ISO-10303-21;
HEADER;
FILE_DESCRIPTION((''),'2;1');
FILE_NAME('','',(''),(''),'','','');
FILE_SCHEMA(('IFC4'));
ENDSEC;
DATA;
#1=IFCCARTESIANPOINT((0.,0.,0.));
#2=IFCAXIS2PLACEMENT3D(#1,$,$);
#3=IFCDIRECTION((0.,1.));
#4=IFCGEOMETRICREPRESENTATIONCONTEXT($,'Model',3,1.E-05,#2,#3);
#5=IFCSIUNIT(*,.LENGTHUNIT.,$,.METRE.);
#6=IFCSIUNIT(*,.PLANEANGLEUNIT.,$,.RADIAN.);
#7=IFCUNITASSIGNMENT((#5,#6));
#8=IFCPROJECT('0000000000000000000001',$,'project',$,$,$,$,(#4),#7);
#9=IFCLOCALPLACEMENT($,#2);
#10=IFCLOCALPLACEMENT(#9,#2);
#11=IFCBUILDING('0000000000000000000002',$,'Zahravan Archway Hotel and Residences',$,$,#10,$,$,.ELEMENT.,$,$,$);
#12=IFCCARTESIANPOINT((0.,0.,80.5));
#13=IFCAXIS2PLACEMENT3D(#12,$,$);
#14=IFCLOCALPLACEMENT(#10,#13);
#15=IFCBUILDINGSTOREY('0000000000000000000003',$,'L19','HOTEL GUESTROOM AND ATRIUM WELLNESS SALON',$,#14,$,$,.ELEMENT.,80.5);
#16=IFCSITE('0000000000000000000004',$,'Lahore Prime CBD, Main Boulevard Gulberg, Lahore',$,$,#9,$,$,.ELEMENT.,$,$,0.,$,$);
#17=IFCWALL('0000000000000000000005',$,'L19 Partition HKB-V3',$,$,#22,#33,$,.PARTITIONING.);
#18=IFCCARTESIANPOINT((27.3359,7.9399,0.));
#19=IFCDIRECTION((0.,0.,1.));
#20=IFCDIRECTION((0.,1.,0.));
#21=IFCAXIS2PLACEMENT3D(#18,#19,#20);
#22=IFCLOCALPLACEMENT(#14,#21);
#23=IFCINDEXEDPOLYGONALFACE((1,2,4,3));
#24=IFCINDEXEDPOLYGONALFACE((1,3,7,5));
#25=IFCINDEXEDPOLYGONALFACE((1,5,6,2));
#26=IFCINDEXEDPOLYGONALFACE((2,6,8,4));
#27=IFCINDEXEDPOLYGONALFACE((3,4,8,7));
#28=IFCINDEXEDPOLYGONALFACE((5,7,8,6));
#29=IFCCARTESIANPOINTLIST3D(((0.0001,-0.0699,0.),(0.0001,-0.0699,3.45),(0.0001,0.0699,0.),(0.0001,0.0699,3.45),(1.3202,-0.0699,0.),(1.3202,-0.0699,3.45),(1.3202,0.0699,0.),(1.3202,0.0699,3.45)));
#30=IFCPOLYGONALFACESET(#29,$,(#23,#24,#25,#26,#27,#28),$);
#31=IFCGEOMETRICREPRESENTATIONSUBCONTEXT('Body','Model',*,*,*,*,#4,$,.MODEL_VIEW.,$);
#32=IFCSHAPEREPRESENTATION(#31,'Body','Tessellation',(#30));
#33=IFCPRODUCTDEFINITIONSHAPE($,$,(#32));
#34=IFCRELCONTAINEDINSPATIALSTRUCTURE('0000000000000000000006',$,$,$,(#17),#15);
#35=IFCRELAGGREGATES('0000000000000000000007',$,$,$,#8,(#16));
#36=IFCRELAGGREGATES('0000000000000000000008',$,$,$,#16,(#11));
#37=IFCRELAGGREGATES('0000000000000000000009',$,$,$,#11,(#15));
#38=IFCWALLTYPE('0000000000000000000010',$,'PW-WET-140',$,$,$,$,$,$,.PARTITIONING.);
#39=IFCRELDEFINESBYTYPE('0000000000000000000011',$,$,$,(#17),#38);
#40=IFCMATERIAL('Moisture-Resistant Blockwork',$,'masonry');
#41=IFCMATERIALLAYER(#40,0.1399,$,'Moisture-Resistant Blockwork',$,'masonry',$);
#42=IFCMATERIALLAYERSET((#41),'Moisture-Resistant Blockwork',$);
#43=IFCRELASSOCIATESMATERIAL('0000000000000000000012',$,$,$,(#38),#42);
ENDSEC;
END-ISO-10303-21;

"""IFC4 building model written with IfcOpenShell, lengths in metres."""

from ifc_helpers import new_model, si_unit, direction, frame, frame_2d, origin, place, context, subcontext, project, spatial, rectangle, extrude, material, layer, layer_set, type_object, element, save


model = new_model("IFC4")

# Units and contexts
model_context = context("Model", 3, precision=1e-05, world=origin(), true_north=direction((0.0, 1.0)))
body_context = subcontext(model_context, "Body", "Model", "MODEL_VIEW")
ifc_project = project(units=[si_unit("LENGTHUNIT", "METRE"), si_unit("PLANEANGLEUNIT", "RADIAN")], contexts=[model_context])

# Site, building, storey
site_placement = place(None, origin())
site = spatial("IfcSite", under=ifc_project, at=site_placement, Name="Lahore Prime CBD, Main Boulevard Gulberg, Lahore", CompositionType="ELEMENT", RefElevation=0.0)
building_placement = place(site_placement, origin())
building = spatial("IfcBuilding", under=site, at=building_placement, Name="Zahravan Archway Hotel and Residences", CompositionType="ELEMENT")
storey_placement = place(building_placement, frame((0.0, 0.0, 80.5)))
storey = spatial("IfcBuildingStorey", under=building, at=storey_placement, Name="L19", Description="HOTEL GUESTROOM AND ATRIUM WELLNESS SALON", CompositionType="ELEMENT", Elevation=80.5)

# Wall
ifc_material_1 = material(Name="Moisture-Resistant Blockwork", Category="masonry")
ifc_layer_1 = layer(ifc_material_1, 0.1399, Name="Moisture-Resistant Blockwork", Category="masonry")
ifc_layer_set_1 = layer_set([ifc_layer_1], Name="Moisture-Resistant Blockwork")
wall_type_1 = type_object("IfcWallType", Name="PW-WET-140", PredefinedType="PARTITIONING", material=ifc_layer_set_1)
wall_1_placement = place(storey_placement, frame((27.3359, 7.9399, 0.0), z_axis=(0.0, 0.0, 1.0), x_axis=(0.0, 1.0, 0.0)))
element("IfcWall", 1, at=wall_1_placement, inside=storey, type_object=wall_type_1, Name="L19 Partition HKB-V3", PredefinedType="PARTITIONING", context=body_context, shape_type="SweptSolid", body=[
    extrude(rectangle(XDim=1.3201, YDim=0.1399, at=frame_2d((0.6602, 0.0))), origin(), (0.0, 0.0, 1.0), 3.45),
])

save(model, "model.ifc")
